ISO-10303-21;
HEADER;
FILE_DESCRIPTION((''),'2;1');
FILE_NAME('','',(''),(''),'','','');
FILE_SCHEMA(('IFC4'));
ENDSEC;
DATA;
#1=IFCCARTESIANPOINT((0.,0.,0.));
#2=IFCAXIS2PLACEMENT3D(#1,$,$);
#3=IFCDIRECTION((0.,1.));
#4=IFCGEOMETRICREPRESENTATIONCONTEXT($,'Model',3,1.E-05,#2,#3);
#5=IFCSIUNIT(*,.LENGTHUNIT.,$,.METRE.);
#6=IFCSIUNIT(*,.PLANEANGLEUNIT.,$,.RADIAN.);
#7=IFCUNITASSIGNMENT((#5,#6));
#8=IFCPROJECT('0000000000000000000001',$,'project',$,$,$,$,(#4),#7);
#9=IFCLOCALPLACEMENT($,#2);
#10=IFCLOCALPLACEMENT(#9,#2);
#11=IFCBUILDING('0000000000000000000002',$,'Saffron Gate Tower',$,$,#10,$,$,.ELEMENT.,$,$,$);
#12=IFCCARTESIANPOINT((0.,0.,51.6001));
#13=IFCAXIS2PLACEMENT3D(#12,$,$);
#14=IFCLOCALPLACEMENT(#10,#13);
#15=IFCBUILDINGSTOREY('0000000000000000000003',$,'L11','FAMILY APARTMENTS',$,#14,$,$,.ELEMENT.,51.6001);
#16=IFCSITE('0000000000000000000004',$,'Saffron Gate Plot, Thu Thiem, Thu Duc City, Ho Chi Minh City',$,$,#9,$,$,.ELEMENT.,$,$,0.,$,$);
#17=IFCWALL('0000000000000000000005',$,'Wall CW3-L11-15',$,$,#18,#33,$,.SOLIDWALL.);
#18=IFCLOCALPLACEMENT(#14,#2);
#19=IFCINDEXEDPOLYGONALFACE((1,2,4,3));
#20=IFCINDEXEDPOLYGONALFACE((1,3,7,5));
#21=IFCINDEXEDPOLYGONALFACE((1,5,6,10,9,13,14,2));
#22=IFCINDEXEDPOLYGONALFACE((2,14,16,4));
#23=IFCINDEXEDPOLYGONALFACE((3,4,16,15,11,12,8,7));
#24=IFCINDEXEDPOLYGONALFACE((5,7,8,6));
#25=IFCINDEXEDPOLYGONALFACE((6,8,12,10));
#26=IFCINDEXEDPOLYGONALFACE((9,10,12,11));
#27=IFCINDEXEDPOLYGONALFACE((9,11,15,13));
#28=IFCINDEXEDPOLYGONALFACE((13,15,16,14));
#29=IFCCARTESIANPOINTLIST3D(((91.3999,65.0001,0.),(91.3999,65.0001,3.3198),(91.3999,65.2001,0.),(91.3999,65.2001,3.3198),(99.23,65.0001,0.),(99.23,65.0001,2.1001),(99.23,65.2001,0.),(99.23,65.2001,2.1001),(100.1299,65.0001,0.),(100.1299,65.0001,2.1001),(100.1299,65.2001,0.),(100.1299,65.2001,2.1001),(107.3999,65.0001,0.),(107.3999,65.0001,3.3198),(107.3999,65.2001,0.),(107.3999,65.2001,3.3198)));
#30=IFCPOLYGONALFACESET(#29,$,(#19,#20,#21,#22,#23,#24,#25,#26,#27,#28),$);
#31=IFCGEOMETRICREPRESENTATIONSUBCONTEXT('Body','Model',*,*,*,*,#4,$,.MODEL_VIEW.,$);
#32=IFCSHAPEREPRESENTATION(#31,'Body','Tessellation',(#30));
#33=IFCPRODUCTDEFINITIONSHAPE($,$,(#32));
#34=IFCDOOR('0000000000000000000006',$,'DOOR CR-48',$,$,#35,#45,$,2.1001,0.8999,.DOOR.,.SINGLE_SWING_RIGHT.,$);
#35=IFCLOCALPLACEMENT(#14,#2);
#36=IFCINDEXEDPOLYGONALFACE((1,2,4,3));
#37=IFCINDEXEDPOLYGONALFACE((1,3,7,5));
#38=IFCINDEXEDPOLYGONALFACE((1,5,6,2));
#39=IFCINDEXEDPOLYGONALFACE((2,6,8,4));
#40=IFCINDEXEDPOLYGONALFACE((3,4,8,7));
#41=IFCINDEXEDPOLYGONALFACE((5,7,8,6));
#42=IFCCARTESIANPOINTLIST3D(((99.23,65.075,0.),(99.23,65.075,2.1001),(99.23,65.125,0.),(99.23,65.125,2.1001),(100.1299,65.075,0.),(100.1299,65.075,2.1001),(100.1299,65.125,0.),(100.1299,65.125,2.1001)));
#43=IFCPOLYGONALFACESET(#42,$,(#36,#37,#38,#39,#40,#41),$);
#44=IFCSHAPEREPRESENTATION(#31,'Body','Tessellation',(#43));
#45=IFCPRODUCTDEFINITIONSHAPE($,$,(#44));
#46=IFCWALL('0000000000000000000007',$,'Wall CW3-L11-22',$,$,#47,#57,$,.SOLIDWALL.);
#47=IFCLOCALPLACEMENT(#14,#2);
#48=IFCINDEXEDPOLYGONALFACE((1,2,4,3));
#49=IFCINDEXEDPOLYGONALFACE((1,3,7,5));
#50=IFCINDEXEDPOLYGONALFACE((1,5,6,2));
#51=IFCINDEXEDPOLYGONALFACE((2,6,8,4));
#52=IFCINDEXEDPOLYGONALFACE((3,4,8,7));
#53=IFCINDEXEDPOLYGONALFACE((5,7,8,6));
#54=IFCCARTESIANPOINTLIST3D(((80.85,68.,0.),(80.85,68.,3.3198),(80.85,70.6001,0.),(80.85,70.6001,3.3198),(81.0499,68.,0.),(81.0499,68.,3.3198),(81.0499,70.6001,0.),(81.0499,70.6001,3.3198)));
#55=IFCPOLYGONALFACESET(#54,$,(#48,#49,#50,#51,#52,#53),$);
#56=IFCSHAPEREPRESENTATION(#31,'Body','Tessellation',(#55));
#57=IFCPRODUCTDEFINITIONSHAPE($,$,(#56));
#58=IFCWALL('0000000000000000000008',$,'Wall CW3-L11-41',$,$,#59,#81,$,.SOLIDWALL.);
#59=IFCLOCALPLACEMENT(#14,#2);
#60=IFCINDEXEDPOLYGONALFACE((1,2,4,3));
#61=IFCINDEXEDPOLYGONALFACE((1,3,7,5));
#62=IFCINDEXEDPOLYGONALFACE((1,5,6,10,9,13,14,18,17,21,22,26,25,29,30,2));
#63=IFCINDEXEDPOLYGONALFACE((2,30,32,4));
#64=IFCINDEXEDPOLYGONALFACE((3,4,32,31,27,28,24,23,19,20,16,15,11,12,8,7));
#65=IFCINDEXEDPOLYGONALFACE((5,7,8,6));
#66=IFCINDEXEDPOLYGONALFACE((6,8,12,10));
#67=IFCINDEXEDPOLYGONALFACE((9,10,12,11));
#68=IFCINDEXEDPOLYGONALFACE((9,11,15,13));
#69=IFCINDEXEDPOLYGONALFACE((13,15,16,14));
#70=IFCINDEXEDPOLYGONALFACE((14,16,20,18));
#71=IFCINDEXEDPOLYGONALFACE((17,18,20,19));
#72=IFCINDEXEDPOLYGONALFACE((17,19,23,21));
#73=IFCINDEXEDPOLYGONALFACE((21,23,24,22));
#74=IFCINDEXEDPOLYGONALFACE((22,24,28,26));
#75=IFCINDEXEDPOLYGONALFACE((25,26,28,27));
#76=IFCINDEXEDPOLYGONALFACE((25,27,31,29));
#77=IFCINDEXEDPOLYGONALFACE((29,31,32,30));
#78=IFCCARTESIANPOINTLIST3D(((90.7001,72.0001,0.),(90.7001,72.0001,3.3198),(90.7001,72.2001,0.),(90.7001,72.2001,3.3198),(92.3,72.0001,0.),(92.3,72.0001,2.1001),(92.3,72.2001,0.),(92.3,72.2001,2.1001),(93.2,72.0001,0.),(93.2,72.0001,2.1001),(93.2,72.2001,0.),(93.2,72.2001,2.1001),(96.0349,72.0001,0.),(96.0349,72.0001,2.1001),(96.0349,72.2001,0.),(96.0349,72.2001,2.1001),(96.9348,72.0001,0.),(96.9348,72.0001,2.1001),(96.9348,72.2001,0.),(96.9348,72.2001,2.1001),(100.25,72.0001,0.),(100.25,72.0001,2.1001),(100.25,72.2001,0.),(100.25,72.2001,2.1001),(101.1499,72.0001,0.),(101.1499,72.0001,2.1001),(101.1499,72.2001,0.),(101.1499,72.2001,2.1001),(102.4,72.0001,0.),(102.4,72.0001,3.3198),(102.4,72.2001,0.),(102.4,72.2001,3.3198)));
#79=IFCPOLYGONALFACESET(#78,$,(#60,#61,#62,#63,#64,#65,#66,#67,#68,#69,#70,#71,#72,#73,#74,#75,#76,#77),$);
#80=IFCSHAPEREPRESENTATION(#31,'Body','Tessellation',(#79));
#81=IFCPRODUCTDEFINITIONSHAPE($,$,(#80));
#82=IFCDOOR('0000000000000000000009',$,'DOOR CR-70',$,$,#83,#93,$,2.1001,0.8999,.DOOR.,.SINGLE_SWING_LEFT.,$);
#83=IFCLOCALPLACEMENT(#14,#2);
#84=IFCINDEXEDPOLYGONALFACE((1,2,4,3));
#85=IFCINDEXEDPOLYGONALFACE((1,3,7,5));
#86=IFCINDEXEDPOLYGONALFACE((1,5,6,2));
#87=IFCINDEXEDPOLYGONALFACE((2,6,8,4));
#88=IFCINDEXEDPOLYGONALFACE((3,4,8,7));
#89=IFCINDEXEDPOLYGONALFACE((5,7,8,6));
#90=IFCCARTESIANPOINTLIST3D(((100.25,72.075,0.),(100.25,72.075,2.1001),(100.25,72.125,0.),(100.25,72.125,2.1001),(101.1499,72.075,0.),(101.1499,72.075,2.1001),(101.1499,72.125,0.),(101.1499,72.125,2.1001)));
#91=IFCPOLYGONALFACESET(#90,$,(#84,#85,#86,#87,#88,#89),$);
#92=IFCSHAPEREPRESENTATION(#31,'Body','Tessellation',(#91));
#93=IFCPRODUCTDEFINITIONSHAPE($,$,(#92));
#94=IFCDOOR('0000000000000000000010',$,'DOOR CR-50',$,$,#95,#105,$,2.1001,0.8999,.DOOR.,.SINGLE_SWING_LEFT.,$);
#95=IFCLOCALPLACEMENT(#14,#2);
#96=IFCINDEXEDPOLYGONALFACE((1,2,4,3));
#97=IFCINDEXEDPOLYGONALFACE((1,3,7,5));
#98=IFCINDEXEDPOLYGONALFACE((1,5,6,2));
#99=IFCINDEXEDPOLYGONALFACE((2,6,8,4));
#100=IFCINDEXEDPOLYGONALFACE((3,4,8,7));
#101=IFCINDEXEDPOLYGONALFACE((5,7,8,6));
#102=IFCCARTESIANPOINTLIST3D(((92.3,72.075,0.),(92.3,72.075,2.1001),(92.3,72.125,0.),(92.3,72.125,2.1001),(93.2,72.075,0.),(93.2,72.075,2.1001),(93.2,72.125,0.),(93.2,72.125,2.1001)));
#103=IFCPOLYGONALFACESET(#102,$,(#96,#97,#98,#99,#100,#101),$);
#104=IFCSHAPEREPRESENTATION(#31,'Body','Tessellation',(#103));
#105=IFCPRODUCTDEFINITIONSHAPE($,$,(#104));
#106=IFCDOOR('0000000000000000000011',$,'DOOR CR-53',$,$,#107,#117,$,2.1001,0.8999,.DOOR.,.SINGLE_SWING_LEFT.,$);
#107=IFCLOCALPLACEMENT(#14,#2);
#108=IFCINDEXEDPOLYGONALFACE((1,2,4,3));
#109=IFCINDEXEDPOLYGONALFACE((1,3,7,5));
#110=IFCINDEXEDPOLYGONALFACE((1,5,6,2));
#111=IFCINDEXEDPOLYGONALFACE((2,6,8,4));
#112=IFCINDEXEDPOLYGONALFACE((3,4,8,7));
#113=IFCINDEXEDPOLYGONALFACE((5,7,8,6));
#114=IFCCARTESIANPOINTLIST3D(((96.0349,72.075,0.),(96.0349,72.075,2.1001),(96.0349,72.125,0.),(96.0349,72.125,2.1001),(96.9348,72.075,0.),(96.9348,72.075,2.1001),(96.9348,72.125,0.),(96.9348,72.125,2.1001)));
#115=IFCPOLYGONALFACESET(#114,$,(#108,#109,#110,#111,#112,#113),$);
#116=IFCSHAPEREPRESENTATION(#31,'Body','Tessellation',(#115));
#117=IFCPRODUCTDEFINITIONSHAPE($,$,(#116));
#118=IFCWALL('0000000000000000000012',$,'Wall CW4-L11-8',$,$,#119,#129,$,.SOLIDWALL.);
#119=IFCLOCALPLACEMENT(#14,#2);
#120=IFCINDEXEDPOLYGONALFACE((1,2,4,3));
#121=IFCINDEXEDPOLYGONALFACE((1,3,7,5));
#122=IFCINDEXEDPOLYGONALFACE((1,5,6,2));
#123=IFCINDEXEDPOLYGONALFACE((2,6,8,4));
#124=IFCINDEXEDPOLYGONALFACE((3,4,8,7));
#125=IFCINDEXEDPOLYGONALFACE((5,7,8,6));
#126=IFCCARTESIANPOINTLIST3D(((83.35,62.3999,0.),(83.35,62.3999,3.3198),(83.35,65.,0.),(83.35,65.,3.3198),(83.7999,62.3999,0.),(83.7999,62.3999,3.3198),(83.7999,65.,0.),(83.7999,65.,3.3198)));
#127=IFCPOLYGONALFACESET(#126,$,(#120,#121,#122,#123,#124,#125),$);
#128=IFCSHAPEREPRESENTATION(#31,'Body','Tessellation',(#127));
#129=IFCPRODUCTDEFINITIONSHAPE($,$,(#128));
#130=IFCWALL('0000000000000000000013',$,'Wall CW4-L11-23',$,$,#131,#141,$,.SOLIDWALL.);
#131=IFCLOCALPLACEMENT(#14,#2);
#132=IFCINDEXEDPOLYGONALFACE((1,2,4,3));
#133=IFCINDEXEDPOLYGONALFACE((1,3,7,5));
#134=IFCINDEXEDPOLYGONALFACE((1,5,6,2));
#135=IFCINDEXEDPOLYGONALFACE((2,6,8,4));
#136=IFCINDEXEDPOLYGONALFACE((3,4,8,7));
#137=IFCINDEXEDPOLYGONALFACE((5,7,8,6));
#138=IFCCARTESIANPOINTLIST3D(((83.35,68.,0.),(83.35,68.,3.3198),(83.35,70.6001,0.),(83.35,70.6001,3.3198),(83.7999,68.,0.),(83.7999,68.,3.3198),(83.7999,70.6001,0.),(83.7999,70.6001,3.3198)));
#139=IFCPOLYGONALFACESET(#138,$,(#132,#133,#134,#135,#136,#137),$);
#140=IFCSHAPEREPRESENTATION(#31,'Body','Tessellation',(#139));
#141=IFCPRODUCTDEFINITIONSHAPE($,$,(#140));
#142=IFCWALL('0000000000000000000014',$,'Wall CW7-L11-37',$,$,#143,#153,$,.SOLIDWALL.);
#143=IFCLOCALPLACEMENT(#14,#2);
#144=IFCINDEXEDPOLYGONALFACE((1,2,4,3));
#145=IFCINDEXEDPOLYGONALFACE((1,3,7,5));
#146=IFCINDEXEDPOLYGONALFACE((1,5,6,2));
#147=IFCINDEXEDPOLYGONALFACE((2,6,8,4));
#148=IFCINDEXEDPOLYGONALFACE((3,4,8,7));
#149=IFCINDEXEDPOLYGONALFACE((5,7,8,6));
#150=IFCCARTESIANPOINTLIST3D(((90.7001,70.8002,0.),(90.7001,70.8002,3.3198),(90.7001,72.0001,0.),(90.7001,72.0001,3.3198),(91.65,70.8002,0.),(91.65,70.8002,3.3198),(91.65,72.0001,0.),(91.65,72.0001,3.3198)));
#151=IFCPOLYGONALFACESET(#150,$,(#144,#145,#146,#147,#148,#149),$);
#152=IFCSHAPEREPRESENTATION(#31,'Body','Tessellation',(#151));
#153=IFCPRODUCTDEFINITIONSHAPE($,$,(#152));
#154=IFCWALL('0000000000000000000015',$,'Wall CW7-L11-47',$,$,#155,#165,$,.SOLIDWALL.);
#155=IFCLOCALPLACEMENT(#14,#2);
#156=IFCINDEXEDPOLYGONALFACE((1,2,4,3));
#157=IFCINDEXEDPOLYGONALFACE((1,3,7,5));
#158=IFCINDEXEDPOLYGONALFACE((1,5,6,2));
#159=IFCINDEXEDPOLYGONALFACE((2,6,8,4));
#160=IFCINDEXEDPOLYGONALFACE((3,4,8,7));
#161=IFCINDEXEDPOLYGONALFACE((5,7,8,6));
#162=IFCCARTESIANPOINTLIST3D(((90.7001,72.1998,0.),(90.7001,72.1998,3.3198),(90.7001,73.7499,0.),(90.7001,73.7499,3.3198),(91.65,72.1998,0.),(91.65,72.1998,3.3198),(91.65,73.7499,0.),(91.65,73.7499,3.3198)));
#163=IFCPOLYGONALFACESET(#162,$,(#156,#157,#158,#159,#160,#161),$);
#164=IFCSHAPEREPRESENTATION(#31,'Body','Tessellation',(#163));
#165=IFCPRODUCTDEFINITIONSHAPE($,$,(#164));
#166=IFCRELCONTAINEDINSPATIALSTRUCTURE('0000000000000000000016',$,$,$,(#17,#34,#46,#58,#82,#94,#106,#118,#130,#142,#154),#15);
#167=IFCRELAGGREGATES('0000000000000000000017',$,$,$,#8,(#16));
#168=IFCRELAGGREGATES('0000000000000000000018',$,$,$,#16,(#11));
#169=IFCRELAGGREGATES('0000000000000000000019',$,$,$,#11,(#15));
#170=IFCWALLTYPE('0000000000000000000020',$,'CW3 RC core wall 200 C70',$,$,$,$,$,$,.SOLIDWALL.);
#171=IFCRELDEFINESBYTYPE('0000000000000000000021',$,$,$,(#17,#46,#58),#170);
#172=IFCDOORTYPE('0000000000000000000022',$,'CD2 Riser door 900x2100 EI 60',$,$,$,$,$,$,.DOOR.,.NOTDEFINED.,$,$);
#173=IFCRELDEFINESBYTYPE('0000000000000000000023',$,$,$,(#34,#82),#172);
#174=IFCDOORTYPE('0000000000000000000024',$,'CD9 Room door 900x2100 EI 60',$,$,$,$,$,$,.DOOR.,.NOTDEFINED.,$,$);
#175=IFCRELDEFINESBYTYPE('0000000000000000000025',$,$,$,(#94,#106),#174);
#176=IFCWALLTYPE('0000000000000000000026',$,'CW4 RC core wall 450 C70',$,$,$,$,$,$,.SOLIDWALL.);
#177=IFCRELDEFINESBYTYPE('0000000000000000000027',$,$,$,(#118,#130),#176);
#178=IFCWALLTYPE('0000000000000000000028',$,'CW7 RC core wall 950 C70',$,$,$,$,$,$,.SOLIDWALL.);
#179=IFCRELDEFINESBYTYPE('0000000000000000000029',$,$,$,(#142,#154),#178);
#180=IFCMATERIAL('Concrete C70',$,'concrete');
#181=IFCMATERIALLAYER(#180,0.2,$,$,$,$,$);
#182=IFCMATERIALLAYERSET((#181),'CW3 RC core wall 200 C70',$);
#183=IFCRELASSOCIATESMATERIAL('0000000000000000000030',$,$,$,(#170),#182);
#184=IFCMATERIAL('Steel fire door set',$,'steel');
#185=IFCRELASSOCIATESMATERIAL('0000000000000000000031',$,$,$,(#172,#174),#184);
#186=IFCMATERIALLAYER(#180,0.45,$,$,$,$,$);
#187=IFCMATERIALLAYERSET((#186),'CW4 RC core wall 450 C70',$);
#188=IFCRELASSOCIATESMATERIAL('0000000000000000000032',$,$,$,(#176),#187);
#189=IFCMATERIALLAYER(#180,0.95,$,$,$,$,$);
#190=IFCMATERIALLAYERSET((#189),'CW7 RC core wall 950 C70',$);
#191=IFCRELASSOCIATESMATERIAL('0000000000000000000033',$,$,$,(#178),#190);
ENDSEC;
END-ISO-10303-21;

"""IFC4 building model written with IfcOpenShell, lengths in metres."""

from ifc_helpers import new_model, si_unit, direction, frame, frame_2d, origin, place, context, subcontext, project, spatial, rectangle, extrude, material, layer, layer_set, type_object, element, fill, save


model = new_model("IFC4")

# Units and contexts
model_context = context("Model", 3, precision=1e-05, world=origin(), true_north=direction((0.0, 1.0)))
body_context = subcontext(model_context, "Body", "Model", "MODEL_VIEW")
ifc_project = project(units=[si_unit("LENGTHUNIT", "METRE"), si_unit("PLANEANGLEUNIT", "RADIAN")], contexts=[model_context])

# Site, building, storey
site_placement = place(None, origin())
site = spatial("IfcSite", under=ifc_project, at=site_placement, Name="Saffron Gate Plot, Thu Thiem, Thu Duc City, Ho Chi Minh City", CompositionType="ELEMENT", RefElevation=0.0)
building_placement = place(site_placement, origin())
building = spatial("IfcBuilding", under=site, at=building_placement, Name="Saffron Gate Tower", CompositionType="ELEMENT")
storey_placement = place(building_placement, frame((0.0, 0.0, 51.6001)))
storey = spatial("IfcBuildingStorey", under=building, at=storey_placement, Name="L11", Description="FAMILY APARTMENTS", CompositionType="ELEMENT", Elevation=51.6001)

# Shared definitions
ifc_material_1 = material(Name="Concrete C70", Category="concrete")

# Shared definitions
ifc_material_2 = material(Name="Steel fire door set", Category="steel")

# Shared definitions
ifc_layer_1 = layer(ifc_material_1, 0.2)
ifc_layer_set_1 = layer_set([ifc_layer_1], Name="CW3 RC core wall 200 C70")
wall_type_1 = type_object("IfcWallType", Name="CW3 RC core wall 200 C70", PredefinedType="SOLIDWALL", material=ifc_layer_set_1)

# Wall, opening, door
wall_1_placement = place(storey_placement, frame((91.3999, 65.1001, 0.0), z_axis=(0.0, 0.0, 1.0), x_axis=(1.0, 0.0, 0.0)))
wall_1 = element("IfcWall", 1, at=wall_1_placement, inside=storey, type_object=wall_type_1, Name="Wall CW3-L11-15", PredefinedType="SOLIDWALL", context=body_context, shape_type="SweptSolid", body=[
    extrude(rectangle(XDim=16.0, YDim=0.2, at=frame_2d((8.0, 0.0))), origin(), (0.0, 0.0, 1.0), 3.3198),
])
opening_1_placement = place(wall_1_placement, frame((7.8301, 0.0, 0.0)))
opening_1 = element("IfcOpeningElement", 2, at=opening_1_placement, cuts=wall_1, PredefinedType="OPENING", context=body_context, shape_type="SweptSolid", body=[
    extrude(rectangle(XDim=0.8999, YDim=2.1001, at=frame_2d((0.45, 1.05))), frame((0.0, 0.1099, 0.0), z_axis=(0.0, -1.0, 0.0), x_axis=(1.0, 0.0, 0.0)), (0.0, 0.0, 1.0), 0.22),
])
door_type_1 = type_object("IfcDoorType", Name="CD2 Riser door 900x2100 EI 60", OperationType="NOTDEFINED", PredefinedType="DOOR", material=ifc_material_2)
door_1_placement = place(opening_1_placement, origin())
door_1 = element("IfcDoor", 3, at=door_1_placement, inside=storey, type_object=door_type_1, Name="DOOR CR-48", OperationType="SINGLE_SWING_RIGHT", OverallHeight=2.1001, OverallWidth=0.8999, PredefinedType="DOOR", context=body_context, shape_type="SweptSolid", body=[
    extrude(rectangle(XDim=0.8999, YDim=2.1001, at=frame_2d((0.45, 1.05))), frame((0.0, 0.0249, 0.0), z_axis=(0.0, -1.0, 0.0), x_axis=(1.0, 0.0, 0.0)), (0.0, 0.0, 1.0), 0.05),
])
fill(opening_1, door_1)

# Wall
wall_2_placement = place(storey_placement, frame((80.95, 68.0, 0.0), z_axis=(0.0, 0.0, 1.0), x_axis=(0.0, 1.0, 0.0)))
element("IfcWall", 4, at=wall_2_placement, inside=storey, type_object=wall_type_1, Name="Wall CW3-L11-22", PredefinedType="SOLIDWALL", context=body_context, shape_type="SweptSolid", body=[
    extrude(rectangle(XDim=2.6001, YDim=0.2, at=frame_2d((1.3, 0.0))), origin(), (0.0, 0.0, 1.0), 3.3198),
])

# Wall, openings, doors
wall_3_placement = place(storey_placement, frame((90.7, 72.1001, 0.0), z_axis=(0.0, 0.0, 1.0), x_axis=(1.0, 0.0, 0.0)))
wall_3 = element("IfcWall", 5, at=wall_3_placement, inside=storey, type_object=wall_type_1, Name="Wall CW3-L11-41", PredefinedType="SOLIDWALL", context=body_context, shape_type="SweptSolid", body=[
    extrude(rectangle(XDim=11.7, YDim=0.2, at=frame_2d((5.8501, 0.0))), origin(), (0.0, 0.0, 1.0), 3.3198),
])
opening_2_placement = place(wall_3_placement, frame((1.6001, 0.0, 0.0)))
opening_2 = element("IfcOpeningElement", 6, at=opening_2_placement, cuts=wall_3, PredefinedType="OPENING", context=body_context, shape_type="SweptSolid", body=[
    extrude(rectangle(XDim=0.8999, YDim=2.1001, at=frame_2d((0.45, 1.05))), frame((0.0, 0.1099, 0.0), z_axis=(0.0, -1.0, 0.0), x_axis=(1.0, 0.0, 0.0)), (0.0, 0.0, 1.0), 0.22),
])
opening_3_placement = place(wall_3_placement, frame((5.335, 0.0, 0.0)))
opening_3 = element("IfcOpeningElement", 7, at=opening_3_placement, cuts=wall_3, PredefinedType="OPENING", context=body_context, shape_type="SweptSolid", body=[
    extrude(rectangle(XDim=0.8999, YDim=2.1001, at=frame_2d((0.45, 1.05))), frame((0.0, 0.1099, 0.0), z_axis=(0.0, -1.0, 0.0), x_axis=(1.0, 0.0, 0.0)), (0.0, 0.0, 1.0), 0.22),
])
opening_4_placement = place(wall_3_placement, frame((9.55, 0.0, 0.0)))
opening_4 = element("IfcOpeningElement", 8, at=opening_4_placement, cuts=wall_3, PredefinedType="OPENING", context=body_context, shape_type="SweptSolid", body=[
    extrude(rectangle(XDim=0.8999, YDim=2.1001, at=frame_2d((0.45, 1.05))), frame((0.0, 0.1099, 0.0), z_axis=(0.0, -1.0, 0.0), x_axis=(1.0, 0.0, 0.0)), (0.0, 0.0, 1.0), 0.22),
])
door_2_placement = place(opening_4_placement, origin())
door_2 = element("IfcDoor", 9, at=door_2_placement, inside=storey, type_object=door_type_1, Name="DOOR CR-70", OperationType="SINGLE_SWING_LEFT", OverallHeight=2.1001, OverallWidth=0.8999, PredefinedType="DOOR", context=body_context, shape_type="SweptSolid", body=[
    extrude(rectangle(XDim=0.8999, YDim=2.1001, at=frame_2d((0.45, 1.05))), frame((0.0, 0.0249, 0.0), z_axis=(0.0, -1.0, 0.0), x_axis=(1.0, 0.0, 0.0)), (0.0, 0.0, 1.0), 0.05),
])
fill(opening_4, door_2)
door_type_2 = type_object("IfcDoorType", Name="CD9 Room door 900x2100 EI 60", OperationType="NOTDEFINED", PredefinedType="DOOR", material=ifc_material_2)
door_3_placement = place(opening_2_placement, origin())
door_3 = element("IfcDoor", 10, at=door_3_placement, inside=storey, type_object=door_type_2, Name="DOOR CR-50", OperationType="SINGLE_SWING_LEFT", OverallHeight=2.1001, OverallWidth=0.8999, PredefinedType="DOOR", context=body_context, shape_type="SweptSolid", body=[
    extrude(rectangle(XDim=0.8999, YDim=2.1001, at=frame_2d((0.45, 1.05))), frame((0.0, 0.0249, 0.0), z_axis=(0.0, -1.0, 0.0), x_axis=(1.0, 0.0, 0.0)), (0.0, 0.0, 1.0), 0.05),
])
fill(opening_2, door_3)
door_4_placement = place(opening_3_placement, origin())
door_4 = element("IfcDoor", 11, at=door_4_placement, inside=storey, type_object=door_type_2, Name="DOOR CR-53", OperationType="SINGLE_SWING_LEFT", OverallHeight=2.1001, OverallWidth=0.8999, PredefinedType="DOOR", context=body_context, shape_type="SweptSolid", body=[
    extrude(rectangle(XDim=0.8999, YDim=2.1001, at=frame_2d((0.45, 1.05))), frame((0.0, 0.0249, 0.0), z_axis=(0.0, -1.0, 0.0), x_axis=(1.0, 0.0, 0.0)), (0.0, 0.0, 1.0), 0.05),
])
fill(opening_3, door_4)

# Walls
ifc_layer_2 = layer(ifc_material_1, 0.45)
ifc_layer_set_2 = layer_set([ifc_layer_2], Name="CW4 RC core wall 450 C70")
wall_type_2 = type_object("IfcWallType", Name="CW4 RC core wall 450 C70", PredefinedType="SOLIDWALL", material=ifc_layer_set_2)
for number, where, z_axis, x_axis, name in (
    (12, (83.575, 62.3999, 0.0), (0.0, 0.0, 1.0), (0.0, 1.0, 0.0), "Wall CW4-L11-8"),
    (13, (83.575, 68.0, 0.0), (0.0, 0.0, 1.0), (0.0, 1.0, 0.0), "Wall CW4-L11-23"),
):
    element("IfcWall", number, at=place(storey_placement, frame(where, z_axis=z_axis, x_axis=x_axis)), inside=storey, type_object=wall_type_2, Name=name, PredefinedType="SOLIDWALL", context=body_context, shape_type="SweptSolid", body=[
        extrude(rectangle(XDim=2.6001, YDim=0.45, at=frame_2d((1.3, 0.0))), origin(), (0.0, 0.0, 1.0), 3.3198),
    ])
ifc_layer_3 = layer(ifc_material_1, 0.95)
ifc_layer_set_3 = layer_set([ifc_layer_3], Name="CW7 RC core wall 950 C70")
wall_type_3 = type_object("IfcWallType", Name="CW7 RC core wall 950 C70", PredefinedType="SOLIDWALL", material=ifc_layer_set_3)
wall_4_placement = place(storey_placement, frame((91.175, 70.8, 0.0), z_axis=(0.0, 0.0, 1.0), x_axis=(0.0, 1.0, 0.0)))
element("IfcWall", 14, at=wall_4_placement, inside=storey, type_object=wall_type_3, Name="Wall CW7-L11-37", PredefinedType="SOLIDWALL", context=body_context, shape_type="SweptSolid", body=[
    extrude(rectangle(XDim=1.2, YDim=0.95, at=frame_2d((0.6001, 0.0))), origin(), (0.0, 0.0, 1.0), 3.3198),
])
wall_5_placement = place(storey_placement, frame((91.175, 72.2, 0.0), z_axis=(0.0, 0.0, 1.0), x_axis=(0.0, 1.0, 0.0)))
element("IfcWall", 15, at=wall_5_placement, inside=storey, type_object=wall_type_3, Name="Wall CW7-L11-47", PredefinedType="SOLIDWALL", context=body_context, shape_type="SweptSolid", body=[
    extrude(rectangle(XDim=1.55, YDim=0.95, at=frame_2d((0.7749, 0.0))), origin(), (0.0, 0.0, 1.0), 3.3198),
])

save(model, "model.ifc")
